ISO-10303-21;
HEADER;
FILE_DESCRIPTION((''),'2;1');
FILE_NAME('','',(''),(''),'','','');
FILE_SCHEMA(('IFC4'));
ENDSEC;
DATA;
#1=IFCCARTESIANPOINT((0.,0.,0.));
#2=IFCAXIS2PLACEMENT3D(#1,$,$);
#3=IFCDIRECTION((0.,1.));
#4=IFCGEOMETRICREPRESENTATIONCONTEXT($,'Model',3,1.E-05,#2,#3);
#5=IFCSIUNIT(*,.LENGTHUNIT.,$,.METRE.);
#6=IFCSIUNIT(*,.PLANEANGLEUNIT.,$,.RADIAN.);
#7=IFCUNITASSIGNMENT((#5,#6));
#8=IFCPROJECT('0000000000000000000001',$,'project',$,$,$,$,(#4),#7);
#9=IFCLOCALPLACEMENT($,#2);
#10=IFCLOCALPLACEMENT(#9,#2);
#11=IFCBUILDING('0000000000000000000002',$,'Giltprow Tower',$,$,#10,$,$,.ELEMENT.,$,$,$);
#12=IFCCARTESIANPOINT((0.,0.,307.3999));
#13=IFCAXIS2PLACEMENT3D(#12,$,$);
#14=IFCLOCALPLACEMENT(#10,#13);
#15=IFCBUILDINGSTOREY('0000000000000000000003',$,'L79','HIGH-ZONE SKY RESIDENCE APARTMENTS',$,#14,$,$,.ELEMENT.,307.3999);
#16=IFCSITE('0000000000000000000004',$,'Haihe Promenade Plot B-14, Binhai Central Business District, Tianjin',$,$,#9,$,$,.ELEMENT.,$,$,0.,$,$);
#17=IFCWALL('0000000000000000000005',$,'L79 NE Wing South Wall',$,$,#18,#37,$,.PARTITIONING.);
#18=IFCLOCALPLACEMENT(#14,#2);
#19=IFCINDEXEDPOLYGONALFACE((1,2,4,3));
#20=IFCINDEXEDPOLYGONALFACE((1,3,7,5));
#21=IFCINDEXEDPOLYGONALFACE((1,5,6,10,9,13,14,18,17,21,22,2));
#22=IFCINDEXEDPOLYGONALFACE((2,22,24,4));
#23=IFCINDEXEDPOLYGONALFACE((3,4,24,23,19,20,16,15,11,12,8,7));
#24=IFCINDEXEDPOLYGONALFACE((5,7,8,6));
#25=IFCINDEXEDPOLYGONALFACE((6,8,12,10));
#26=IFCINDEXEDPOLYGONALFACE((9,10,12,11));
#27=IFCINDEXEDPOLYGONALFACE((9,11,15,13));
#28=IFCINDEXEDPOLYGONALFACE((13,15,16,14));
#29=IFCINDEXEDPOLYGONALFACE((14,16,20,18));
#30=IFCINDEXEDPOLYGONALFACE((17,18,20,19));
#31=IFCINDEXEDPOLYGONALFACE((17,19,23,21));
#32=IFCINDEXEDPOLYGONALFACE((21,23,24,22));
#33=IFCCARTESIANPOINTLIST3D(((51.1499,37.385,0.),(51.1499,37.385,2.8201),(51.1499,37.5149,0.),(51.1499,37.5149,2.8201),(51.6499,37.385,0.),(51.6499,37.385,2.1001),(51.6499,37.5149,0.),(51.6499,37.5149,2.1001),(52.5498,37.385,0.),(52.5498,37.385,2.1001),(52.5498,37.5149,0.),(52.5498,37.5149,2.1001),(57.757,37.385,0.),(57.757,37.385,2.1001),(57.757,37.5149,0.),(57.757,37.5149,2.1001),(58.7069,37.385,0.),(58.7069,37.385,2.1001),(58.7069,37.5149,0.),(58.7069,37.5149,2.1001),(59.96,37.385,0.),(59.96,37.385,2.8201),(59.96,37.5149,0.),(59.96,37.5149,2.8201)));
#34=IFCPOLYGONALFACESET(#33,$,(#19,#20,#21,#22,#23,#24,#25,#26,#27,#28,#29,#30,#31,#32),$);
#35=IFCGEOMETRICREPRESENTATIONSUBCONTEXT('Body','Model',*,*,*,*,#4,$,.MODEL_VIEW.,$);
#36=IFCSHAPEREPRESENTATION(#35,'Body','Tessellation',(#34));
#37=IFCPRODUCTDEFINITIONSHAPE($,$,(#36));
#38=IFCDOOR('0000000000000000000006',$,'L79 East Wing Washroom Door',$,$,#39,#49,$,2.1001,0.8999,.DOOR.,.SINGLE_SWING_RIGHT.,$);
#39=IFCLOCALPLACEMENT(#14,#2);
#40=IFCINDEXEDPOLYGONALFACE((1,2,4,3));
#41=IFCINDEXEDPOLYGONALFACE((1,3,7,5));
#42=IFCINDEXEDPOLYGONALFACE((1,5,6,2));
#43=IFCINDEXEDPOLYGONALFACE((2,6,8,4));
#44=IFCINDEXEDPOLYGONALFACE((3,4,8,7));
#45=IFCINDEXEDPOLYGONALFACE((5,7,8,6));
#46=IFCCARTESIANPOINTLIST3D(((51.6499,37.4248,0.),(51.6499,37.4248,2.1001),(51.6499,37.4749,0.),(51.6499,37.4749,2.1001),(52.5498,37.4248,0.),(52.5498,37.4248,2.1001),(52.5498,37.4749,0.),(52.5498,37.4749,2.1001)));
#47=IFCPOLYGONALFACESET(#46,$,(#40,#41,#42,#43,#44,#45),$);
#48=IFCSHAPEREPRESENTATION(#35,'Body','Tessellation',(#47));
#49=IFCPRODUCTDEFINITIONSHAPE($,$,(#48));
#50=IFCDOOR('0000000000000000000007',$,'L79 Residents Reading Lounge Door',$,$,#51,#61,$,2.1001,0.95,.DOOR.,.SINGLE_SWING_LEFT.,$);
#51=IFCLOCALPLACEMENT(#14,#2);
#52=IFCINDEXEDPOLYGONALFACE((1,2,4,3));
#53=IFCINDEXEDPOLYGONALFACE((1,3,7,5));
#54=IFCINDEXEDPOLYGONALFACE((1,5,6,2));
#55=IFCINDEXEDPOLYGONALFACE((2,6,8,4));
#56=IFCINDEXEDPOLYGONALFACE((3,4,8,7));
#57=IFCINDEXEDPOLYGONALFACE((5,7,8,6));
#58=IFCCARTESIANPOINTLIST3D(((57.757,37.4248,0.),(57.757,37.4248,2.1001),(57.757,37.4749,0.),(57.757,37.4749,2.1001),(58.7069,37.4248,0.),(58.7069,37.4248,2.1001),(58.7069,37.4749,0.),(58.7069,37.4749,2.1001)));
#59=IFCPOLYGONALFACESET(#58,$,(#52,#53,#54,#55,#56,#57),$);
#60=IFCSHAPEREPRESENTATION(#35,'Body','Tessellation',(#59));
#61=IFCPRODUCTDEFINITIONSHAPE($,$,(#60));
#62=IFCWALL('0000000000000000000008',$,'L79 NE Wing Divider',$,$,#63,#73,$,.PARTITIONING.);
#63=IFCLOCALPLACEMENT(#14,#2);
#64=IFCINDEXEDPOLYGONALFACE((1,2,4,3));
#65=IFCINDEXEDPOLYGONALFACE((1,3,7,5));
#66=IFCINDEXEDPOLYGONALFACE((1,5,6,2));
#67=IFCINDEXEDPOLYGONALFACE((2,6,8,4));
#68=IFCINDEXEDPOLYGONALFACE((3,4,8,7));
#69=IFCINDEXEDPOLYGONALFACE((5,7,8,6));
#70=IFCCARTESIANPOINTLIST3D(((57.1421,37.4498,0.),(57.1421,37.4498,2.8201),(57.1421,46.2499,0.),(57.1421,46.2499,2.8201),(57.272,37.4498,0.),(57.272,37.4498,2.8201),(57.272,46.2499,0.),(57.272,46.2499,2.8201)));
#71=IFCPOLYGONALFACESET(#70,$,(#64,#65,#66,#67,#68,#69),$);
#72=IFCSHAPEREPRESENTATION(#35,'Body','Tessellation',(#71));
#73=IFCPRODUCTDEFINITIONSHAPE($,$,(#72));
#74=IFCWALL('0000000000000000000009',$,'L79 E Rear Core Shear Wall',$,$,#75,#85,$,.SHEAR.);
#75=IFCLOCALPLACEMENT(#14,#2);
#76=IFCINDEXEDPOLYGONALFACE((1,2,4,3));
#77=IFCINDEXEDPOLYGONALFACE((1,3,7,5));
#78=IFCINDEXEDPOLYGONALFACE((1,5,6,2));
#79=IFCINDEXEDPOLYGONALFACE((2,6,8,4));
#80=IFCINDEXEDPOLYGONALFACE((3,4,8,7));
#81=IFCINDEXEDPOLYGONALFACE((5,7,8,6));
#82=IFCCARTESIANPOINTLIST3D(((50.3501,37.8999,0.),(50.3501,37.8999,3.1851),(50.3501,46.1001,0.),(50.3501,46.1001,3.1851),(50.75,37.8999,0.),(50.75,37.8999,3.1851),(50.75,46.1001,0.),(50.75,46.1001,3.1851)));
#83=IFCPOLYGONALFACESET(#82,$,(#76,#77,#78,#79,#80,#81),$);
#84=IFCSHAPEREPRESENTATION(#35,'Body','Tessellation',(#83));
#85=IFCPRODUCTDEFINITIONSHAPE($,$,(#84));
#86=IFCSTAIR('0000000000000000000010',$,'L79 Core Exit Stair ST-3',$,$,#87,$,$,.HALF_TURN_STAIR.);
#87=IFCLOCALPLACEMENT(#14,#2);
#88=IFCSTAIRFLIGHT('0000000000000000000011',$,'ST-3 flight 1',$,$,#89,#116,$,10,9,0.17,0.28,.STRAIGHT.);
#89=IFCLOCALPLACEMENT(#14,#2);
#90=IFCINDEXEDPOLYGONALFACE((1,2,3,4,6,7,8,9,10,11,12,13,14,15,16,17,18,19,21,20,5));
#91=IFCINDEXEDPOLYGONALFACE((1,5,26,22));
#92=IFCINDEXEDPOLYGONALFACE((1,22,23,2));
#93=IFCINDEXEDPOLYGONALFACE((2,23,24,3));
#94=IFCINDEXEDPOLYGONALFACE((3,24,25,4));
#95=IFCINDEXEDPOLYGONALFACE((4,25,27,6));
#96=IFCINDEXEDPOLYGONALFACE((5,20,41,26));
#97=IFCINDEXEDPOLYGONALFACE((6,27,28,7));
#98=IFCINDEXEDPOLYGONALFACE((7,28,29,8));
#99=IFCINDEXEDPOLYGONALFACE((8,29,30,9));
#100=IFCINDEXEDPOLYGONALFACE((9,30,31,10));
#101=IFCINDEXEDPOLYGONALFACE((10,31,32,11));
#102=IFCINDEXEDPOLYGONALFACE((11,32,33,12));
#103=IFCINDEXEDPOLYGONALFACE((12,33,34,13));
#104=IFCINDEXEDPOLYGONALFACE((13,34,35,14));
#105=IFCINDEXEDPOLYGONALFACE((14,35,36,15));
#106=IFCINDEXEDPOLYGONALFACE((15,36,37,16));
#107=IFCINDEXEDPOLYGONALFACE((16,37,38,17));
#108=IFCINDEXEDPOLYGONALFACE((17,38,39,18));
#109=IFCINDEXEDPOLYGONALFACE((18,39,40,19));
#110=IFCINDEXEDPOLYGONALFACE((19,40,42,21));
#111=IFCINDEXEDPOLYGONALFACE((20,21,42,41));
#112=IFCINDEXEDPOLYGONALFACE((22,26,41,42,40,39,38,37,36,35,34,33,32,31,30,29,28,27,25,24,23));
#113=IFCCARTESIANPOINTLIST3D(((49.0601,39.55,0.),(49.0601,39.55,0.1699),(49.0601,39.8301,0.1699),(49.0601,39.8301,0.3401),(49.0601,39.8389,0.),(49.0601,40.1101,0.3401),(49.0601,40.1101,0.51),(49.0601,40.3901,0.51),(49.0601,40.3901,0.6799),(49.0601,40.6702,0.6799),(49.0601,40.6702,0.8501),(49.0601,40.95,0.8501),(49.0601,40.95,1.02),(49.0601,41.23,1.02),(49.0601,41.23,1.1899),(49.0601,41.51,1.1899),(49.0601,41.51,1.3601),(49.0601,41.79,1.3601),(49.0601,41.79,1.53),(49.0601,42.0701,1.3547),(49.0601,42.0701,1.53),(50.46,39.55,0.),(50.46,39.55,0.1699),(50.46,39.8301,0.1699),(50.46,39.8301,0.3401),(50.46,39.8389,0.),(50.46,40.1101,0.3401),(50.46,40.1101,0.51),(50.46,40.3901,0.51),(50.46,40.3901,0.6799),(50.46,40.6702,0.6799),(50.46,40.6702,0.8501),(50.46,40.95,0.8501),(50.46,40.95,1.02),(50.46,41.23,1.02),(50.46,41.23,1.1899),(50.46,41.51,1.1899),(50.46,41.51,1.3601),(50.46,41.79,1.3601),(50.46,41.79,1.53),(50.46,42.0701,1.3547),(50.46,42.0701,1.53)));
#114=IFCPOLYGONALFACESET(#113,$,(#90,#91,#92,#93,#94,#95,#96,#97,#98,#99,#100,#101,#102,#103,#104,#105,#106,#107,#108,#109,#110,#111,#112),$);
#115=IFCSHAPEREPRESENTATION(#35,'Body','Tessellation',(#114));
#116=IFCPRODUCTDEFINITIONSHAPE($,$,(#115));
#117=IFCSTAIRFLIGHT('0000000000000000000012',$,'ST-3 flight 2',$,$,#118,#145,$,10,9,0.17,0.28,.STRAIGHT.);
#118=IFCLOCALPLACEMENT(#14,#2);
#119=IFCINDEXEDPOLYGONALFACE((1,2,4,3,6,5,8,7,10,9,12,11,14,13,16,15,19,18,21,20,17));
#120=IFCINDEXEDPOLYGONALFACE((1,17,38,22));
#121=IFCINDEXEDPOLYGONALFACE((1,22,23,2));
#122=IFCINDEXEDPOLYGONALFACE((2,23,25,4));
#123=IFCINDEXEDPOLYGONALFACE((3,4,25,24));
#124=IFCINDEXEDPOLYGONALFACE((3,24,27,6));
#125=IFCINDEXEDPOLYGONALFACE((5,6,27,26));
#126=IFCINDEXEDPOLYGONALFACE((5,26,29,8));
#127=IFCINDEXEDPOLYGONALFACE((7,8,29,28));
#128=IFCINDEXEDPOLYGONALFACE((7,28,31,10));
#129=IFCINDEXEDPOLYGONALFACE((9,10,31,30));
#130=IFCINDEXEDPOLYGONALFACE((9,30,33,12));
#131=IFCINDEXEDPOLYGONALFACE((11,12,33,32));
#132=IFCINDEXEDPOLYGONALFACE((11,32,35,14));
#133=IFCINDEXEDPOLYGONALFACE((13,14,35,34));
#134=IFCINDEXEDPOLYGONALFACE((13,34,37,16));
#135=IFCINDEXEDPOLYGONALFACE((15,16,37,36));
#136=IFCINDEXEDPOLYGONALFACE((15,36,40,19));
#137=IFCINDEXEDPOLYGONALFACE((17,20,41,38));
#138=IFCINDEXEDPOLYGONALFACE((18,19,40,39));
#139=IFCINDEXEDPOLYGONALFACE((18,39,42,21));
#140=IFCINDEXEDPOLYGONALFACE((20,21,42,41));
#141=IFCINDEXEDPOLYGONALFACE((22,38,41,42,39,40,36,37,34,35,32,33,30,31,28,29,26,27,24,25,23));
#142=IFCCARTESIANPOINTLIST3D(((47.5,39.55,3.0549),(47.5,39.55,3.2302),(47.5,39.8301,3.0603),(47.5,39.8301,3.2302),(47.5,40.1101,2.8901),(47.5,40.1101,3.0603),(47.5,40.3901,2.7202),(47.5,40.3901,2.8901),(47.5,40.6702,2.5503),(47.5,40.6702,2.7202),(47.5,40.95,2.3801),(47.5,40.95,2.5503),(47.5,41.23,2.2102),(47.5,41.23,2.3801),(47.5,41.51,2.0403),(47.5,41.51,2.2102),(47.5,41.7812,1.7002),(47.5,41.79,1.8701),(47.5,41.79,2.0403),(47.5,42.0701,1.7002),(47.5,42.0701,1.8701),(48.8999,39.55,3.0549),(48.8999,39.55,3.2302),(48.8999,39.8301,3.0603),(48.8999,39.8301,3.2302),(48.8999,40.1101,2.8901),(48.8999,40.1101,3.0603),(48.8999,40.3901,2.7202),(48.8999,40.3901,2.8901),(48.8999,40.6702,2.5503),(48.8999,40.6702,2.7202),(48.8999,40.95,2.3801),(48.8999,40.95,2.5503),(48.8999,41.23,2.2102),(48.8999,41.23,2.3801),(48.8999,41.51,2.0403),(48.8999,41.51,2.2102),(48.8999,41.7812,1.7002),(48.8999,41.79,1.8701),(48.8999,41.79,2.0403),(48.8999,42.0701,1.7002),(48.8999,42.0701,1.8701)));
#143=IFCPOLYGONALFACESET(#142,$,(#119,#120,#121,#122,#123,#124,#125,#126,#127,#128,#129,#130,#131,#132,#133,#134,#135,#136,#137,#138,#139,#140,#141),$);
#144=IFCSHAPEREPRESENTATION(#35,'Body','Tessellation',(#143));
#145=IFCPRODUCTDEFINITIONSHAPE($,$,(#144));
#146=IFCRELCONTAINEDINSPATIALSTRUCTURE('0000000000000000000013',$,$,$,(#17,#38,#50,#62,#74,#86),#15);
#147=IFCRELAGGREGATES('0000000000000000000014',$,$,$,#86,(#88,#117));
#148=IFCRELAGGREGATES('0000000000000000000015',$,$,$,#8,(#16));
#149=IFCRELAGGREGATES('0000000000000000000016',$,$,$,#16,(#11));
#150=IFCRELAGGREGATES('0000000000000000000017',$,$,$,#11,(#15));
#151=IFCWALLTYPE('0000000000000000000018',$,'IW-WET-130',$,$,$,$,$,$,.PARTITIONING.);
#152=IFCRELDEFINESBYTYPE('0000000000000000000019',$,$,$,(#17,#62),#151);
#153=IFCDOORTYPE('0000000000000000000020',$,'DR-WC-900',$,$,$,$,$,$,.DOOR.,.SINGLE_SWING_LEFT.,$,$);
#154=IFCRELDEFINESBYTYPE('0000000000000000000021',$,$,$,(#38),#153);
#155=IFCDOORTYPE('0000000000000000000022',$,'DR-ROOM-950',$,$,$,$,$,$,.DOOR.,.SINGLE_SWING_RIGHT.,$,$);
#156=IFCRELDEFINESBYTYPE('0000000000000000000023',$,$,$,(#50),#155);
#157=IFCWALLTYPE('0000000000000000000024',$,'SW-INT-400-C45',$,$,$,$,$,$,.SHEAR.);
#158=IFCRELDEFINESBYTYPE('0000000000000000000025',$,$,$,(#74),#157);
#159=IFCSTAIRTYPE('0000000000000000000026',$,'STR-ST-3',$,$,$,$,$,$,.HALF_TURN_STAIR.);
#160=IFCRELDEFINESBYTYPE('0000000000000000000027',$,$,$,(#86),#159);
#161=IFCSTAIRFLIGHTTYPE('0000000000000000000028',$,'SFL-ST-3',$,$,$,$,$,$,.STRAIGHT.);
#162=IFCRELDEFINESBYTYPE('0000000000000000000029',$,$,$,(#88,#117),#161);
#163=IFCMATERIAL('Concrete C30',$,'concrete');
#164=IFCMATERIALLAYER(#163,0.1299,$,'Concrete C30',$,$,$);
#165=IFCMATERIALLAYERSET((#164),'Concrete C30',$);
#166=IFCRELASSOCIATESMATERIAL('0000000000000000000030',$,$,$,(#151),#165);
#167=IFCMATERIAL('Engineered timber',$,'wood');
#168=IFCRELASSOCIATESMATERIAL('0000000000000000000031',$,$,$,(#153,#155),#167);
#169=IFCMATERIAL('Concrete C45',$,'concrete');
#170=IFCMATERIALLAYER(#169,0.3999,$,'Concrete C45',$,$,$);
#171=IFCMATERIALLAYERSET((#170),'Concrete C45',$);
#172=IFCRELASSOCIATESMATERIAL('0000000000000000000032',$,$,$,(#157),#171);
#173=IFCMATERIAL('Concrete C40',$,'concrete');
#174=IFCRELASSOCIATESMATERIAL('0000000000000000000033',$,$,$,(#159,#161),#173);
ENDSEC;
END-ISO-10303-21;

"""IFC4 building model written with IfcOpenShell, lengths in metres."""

from ifc_helpers import new_model, si_unit, direction, frame, frame_2d, origin, place, context, subcontext, project, spatial, polyline, rectangle, outline, extrude, source, transform, mapped, material, layer, layer_set, type_object, element, fill, aggregate, save


model = new_model("IFC4")

# Units and contexts
model_context = context("Model", 3, precision=1e-05, world=origin(), true_north=direction((0.0, 1.0)))
body_context = subcontext(model_context, "Body", "Model", "MODEL_VIEW")
ifc_project = project(units=[si_unit("LENGTHUNIT", "METRE"), si_unit("PLANEANGLEUNIT", "RADIAN")], contexts=[model_context])

# Site, building, storey
site_placement = place(None, origin())
site = spatial("IfcSite", under=ifc_project, at=site_placement, Name="Haihe Promenade Plot B-14, Binhai Central Business District, Tianjin", CompositionType="ELEMENT", RefElevation=0.0)
building_placement = place(site_placement, origin())
building = spatial("IfcBuilding", under=site, at=building_placement, Name="Giltprow Tower", CompositionType="ELEMENT")
storey_placement = place(building_placement, frame((0.0, 0.0, 307.3999)))
storey = spatial("IfcBuildingStorey", under=building, at=storey_placement, Name="L79", Description="HIGH-ZONE SKY RESIDENCE APARTMENTS", CompositionType="ELEMENT", Elevation=307.3999)

# Shared definitions
ifc_material_1 = material(Name="Concrete C45", Category="concrete")

# Wall, openings, doors
ifc_material_2 = material(Name="Concrete C30", Category="concrete")
ifc_layer_1 = layer(ifc_material_2, 0.1299, Name="Concrete C30")
ifc_layer_set_1 = layer_set([ifc_layer_1], Name="Concrete C30")
wall_type_1 = type_object("IfcWallType", Name="IW-WET-130", PredefinedType="PARTITIONING", material=ifc_layer_set_1)
wall_1_placement = place(storey_placement, frame((51.1499, 37.45, 0.0), z_axis=(0.0, 0.0, 1.0), x_axis=(1.0, 0.0, 0.0)))
wall_1 = element("IfcWall", 1, at=wall_1_placement, inside=storey, type_object=wall_type_1, Name="L79 NE Wing South Wall", PredefinedType="PARTITIONING", context=body_context, shape_type="SweptSolid", body=[
    extrude(rectangle(XDim=8.8101, YDim=0.1299, at=frame_2d((4.405, 0.0))), origin(), (0.0, 0.0, 1.0), 2.8201),
])
opening_1_placement = place(wall_1_placement, frame((0.5, 0.0, 0.0)))
opening_1 = element("IfcOpeningElement", 2, at=opening_1_placement, cuts=wall_1, PredefinedType="OPENING", context=body_context, shape_type="SweptSolid", body=[
    extrude(rectangle(XDim=0.8999, YDim=2.1001, at=frame_2d((0.45, 1.05))), frame((0.0, 0.075, 0.0), z_axis=(0.0, -1.0, 0.0), x_axis=(1.0, 0.0, 0.0)), (0.0, 0.0, 1.0), 0.1499),
])
opening_2_placement = place(wall_1_placement, frame((6.6069, 0.0, 0.0)))
opening_2 = element("IfcOpeningElement", 3, at=opening_2_placement, cuts=wall_1, PredefinedType="OPENING", context=body_context, shape_type="SweptSolid", body=[
    extrude(rectangle(XDim=0.95, YDim=2.1001, at=frame_2d((0.4751, 1.05))), frame((0.0, 0.075, 0.0), z_axis=(0.0, -1.0, 0.0), x_axis=(1.0, 0.0, 0.0)), (0.0, 0.0, 1.0), 0.1499),
])
ifc_material_3 = material(Name="Engineered timber", Category="wood")
door_type_1 = type_object("IfcDoorType", Name="DR-WC-900", OperationType="SINGLE_SWING_LEFT", PredefinedType="DOOR", material=ifc_material_3)
shared_shape_1 = source(origin(), body_context, "Body", "SweptSolid", [
    extrude(rectangle(XDim=0.8999, YDim=2.1001, at=frame_2d((0.45, 1.05))), frame((0.0, 0.0249, 0.0), z_axis=(0.0, -1.0, 0.0), x_axis=(1.0, 0.0, 0.0)), (0.0, 0.0, 1.0), 0.05),
])
door_1_placement = place(opening_1_placement, origin())
door_1 = element("IfcDoor", 4, at=door_1_placement, inside=storey, type_object=door_type_1, Name="L79 East Wing Washroom Door", OperationType="SINGLE_SWING_RIGHT", OverallHeight=2.1001, OverallWidth=0.8999, PredefinedType="DOOR", context=body_context, shape_type="MappedRepresentation", body=[
    mapped(shared_shape_1, transform((0.0, 0.0, 0.0), x_axis=(1.0, 0.0, 0.0), y_axis=(0.0, 1.0, 0.0), z_axis=(0.0, 0.0, 1.0), scale=1.0)),
])
fill(opening_1, door_1)
door_type_2 = type_object("IfcDoorType", Name="DR-ROOM-950", OperationType="SINGLE_SWING_RIGHT", PredefinedType="DOOR", material=ifc_material_3)
shared_shape_2 = source(origin(), body_context, "Body", "SweptSolid", [
    extrude(rectangle(XDim=0.95, YDim=2.1001, at=frame_2d((0.4751, 1.05))), frame((0.0, 0.0249, 0.0), z_axis=(0.0, -1.0, 0.0), x_axis=(1.0, 0.0, 0.0)), (0.0, 0.0, 1.0), 0.05),
])
door_2_placement = place(opening_2_placement, origin())
door_2 = element("IfcDoor", 5, at=door_2_placement, inside=storey, type_object=door_type_2, Name="L79 Residents Reading Lounge Door", OperationType="SINGLE_SWING_LEFT", OverallHeight=2.1001, OverallWidth=0.95, PredefinedType="DOOR", context=body_context, shape_type="MappedRepresentation", body=[
    mapped(shared_shape_2, transform((0.0, 0.0, 0.0), x_axis=(1.0, 0.0, 0.0), y_axis=(0.0, 1.0, 0.0), z_axis=(0.0, 0.0, 1.0), scale=1.0)),
])
fill(opening_2, door_2)

# Walls
wall_2_placement = place(storey_placement, frame((57.207, 37.45, 0.0), z_axis=(0.0, 0.0, 1.0), x_axis=(0.0, 1.0, 0.0)))
element("IfcWall", 6, at=wall_2_placement, inside=storey, type_object=wall_type_1, Name="L79 NE Wing Divider", PredefinedType="PARTITIONING", context=body_context, shape_type="SweptSolid", body=[
    extrude(rectangle(XDim=8.8, YDim=0.1299, at=frame_2d((4.3999, 0.0))), origin(), (0.0, 0.0, 1.0), 2.8201),
])
ifc_layer_2 = layer(ifc_material_1, 0.3999, Name="Concrete C45")
ifc_layer_set_2 = layer_set([ifc_layer_2], Name="Concrete C45")
wall_type_2 = type_object("IfcWallType", Name="SW-INT-400-C45", PredefinedType="SHEAR", material=ifc_layer_set_2)
wall_3_placement = place(storey_placement, frame((50.55, 37.8999, 0.0), z_axis=(0.0, 0.0, 1.0), x_axis=(0.0, 1.0, 0.0)))
element("IfcWall", 7, at=wall_3_placement, inside=storey, type_object=wall_type_2, Name="L79 E Rear Core Shear Wall", PredefinedType="SHEAR", context=body_context, shape_type="SweptSolid", body=[
    extrude(rectangle(XDim=8.2002, YDim=0.3999, at=frame_2d((4.1001, 0.0))), origin(), (0.0, 0.0, 1.0), 3.1851),
])

# Stair, stair flights
ifc_material_4 = material(Name="Concrete C40", Category="concrete")
stair_type = type_object("IfcStairType", Name="STR-ST-3", PredefinedType="HALF_TURN_STAIR", material=ifc_material_4)
stair_placement = place(storey_placement, origin())
stair = element("IfcStair", 8, at=stair_placement, inside=storey, type_object=stair_type, Name="L79 Core Exit Stair ST-3", PredefinedType="HALF_TURN_STAIR")
stair_flight_type = type_object("IfcStairFlightType", Name="SFL-ST-3", PredefinedType="STRAIGHT", material=ifc_material_4)
stair_flight_1_placement = place(storey_placement, frame((49.76, 39.55, 0.0), z_axis=(0.0, 0.0, 1.0), x_axis=(0.0, 1.0, 0.0)))
stair_flight_1 = element("IfcStairFlight", 9, at=stair_flight_1_placement, type_object=stair_flight_type, Name="ST-3 flight 1", NumberOfRisers=10, NumberOfTreads=9, PredefinedType="STRAIGHT", RiserHeight=0.17, TreadLength=0.28, context=body_context, shape_type="SweptSolid", body=[
    extrude(outline(polyline([(0.0, 0.0), (0.0, 0.1699), (0.28, 0.1699), (0.28, 0.3401), (0.5601, 0.3401), (0.5601, 0.51), (0.8401, 0.51), (0.8401, 0.6799), (1.1201, 0.6799), (1.1201, 0.8501), (1.3999, 0.8501), (1.3999, 1.02), (1.6799, 1.02), (1.6799, 1.1899), (1.96, 1.1899), (1.96, 1.3601), (2.24, 1.3601), (2.24, 1.53), (2.52, 1.53), (2.52, 1.7), (2.52, 1.3547), (0.2888, 0.0), (0.0, 0.0)])), frame((0.0, 0.7, 0.0), z_axis=(0.0, -1.0, 0.0), x_axis=(1.0, 0.0, 0.0)), (0.0, 0.0, 1.0), 1.3999),
])
stair_flight_2_placement = place(storey_placement, frame((48.2, 42.0701, 1.7002), z_axis=(0.0, 0.0, 1.0), x_axis=(0.0, -1.0, 0.0)))
stair_flight_2 = element("IfcStairFlight", 10, at=stair_flight_2_placement, type_object=stair_flight_type, Name="ST-3 flight 2", NumberOfRisers=10, NumberOfTreads=9, PredefinedType="STRAIGHT", RiserHeight=0.17, TreadLength=0.28, context=body_context, shape_type="SweptSolid", body=[
    extrude(outline(polyline([(0.0, 0.0), (0.0, 0.1699), (0.28, 0.1699), (0.28, 0.3401), (0.5601, 0.3401), (0.5601, 0.51), (0.8401, 0.51), (0.8401, 0.6799), (1.1201, 0.6799), (1.1201, 0.8501), (1.3999, 0.8501), (1.3999, 1.02), (1.6799, 1.02), (1.6799, 1.1899), (1.96, 1.1899), (1.96, 1.3601), (2.24, 1.3601), (2.24, 1.53), (2.52, 1.53), (2.52, 1.7), (2.52, 1.3547), (0.2888, 0.0), (0.0, 0.0)])), frame((0.0, 0.7, 0.0), z_axis=(0.0, -1.0, 0.0), x_axis=(1.0, 0.0, 0.0)), (0.0, 0.0, 1.0), 1.3999),
])
aggregate(stair, [stair_flight_1, stair_flight_2])

save(model, "model.ifc")
